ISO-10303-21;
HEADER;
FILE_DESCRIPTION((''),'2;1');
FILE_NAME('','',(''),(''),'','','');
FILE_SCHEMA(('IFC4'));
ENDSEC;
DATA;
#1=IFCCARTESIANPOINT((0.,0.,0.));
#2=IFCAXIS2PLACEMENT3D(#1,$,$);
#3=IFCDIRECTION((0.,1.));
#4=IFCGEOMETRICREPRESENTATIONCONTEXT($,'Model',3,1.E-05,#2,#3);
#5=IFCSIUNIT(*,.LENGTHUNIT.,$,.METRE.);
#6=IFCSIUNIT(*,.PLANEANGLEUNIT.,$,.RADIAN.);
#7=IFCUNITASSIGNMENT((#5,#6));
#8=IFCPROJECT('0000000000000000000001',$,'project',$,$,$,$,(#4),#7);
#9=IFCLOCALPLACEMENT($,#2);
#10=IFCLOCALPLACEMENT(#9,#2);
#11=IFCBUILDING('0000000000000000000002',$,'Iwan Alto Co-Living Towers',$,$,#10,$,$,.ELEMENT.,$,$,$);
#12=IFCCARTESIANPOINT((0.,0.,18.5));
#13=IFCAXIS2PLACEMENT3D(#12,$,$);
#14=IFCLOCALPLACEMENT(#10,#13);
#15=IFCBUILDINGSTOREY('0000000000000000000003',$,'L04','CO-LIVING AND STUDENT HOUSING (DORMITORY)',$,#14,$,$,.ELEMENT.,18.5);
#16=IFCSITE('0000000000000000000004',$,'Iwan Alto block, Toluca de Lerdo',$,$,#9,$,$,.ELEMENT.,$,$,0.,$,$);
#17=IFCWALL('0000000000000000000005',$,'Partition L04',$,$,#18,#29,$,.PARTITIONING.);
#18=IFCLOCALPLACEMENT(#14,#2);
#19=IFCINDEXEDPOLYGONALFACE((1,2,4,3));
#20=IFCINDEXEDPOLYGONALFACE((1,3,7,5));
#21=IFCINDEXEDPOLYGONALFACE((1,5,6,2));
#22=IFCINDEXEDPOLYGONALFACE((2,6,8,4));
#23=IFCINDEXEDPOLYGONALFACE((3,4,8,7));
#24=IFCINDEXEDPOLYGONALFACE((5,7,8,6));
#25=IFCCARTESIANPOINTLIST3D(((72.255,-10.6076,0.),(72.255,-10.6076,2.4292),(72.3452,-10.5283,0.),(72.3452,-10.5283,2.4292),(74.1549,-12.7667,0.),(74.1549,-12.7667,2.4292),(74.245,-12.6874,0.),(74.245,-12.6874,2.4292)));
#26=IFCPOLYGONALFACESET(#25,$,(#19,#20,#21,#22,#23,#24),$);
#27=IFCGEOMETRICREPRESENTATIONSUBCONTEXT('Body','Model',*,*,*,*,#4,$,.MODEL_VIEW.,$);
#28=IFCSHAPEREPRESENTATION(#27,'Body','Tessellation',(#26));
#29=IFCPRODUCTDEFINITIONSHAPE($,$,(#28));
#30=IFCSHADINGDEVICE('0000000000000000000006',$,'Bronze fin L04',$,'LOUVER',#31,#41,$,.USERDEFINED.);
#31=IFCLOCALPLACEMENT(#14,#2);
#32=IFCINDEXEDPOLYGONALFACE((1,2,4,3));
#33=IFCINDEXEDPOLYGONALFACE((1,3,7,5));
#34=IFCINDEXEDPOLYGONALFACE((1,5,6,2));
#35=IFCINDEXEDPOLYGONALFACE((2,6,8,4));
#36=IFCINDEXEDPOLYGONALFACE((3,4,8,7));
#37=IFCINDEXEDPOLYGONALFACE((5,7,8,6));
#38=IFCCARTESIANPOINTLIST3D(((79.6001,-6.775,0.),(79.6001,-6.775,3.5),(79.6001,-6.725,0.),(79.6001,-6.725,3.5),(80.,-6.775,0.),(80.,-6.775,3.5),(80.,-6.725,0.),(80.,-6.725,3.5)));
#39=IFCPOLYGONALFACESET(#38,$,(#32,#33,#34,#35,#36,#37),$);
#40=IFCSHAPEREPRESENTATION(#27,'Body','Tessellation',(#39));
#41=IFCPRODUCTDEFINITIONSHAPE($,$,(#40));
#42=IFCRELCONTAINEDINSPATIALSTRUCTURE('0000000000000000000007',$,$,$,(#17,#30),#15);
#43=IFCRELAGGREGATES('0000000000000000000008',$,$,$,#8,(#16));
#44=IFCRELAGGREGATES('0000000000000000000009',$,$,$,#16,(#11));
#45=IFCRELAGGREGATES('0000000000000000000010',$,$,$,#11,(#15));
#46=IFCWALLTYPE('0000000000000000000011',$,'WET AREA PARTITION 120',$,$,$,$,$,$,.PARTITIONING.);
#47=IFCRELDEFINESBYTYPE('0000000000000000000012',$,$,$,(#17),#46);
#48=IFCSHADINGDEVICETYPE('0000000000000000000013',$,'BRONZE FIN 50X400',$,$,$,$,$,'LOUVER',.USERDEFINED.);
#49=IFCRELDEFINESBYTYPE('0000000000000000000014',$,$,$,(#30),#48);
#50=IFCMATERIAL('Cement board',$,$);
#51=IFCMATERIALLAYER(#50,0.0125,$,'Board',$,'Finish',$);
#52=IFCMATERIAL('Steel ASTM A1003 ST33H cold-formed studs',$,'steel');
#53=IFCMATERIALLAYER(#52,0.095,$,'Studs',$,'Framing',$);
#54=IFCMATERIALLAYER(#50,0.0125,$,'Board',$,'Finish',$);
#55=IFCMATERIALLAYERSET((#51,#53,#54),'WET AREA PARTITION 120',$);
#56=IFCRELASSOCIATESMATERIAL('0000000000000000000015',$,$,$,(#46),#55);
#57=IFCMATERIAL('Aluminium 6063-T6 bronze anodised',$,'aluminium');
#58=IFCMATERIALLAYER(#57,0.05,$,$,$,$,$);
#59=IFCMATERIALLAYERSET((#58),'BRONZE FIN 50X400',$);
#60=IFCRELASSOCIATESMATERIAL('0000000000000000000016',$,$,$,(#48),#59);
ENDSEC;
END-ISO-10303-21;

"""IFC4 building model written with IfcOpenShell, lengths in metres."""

from ifc_helpers import new_model, si_unit, direction, frame, frame_2d, origin, origin_2d, place, context, subcontext, project, spatial, rectangle, extrude, material, layer, layer_set, type_object, element, save


model = new_model("IFC4")

# Units and contexts
model_context = context("Model", 3, precision=1e-05, world=origin(), true_north=direction((0.0, 1.0)))
body_context = subcontext(model_context, "Body", "Model", "MODEL_VIEW")
ifc_project = project(units=[si_unit("LENGTHUNIT", "METRE"), si_unit("PLANEANGLEUNIT", "RADIAN")], contexts=[model_context])

# Site, building, storey
site_placement = place(None, origin())
site = spatial("IfcSite", under=ifc_project, at=site_placement, Name="Iwan Alto block, Toluca de Lerdo", CompositionType="ELEMENT", RefElevation=0.0)
building_placement = place(site_placement, origin())
building = spatial("IfcBuilding", under=site, at=building_placement, Name="Iwan Alto Co-Living Towers", CompositionType="ELEMENT")
storey_placement = place(building_placement, frame((0.0, 0.0, 18.5)))
storey = spatial("IfcBuildingStorey", under=building, at=storey_placement, Name="L04", Description="CO-LIVING AND STUDENT HOUSING (DORMITORY)", CompositionType="ELEMENT", Elevation=18.5)

# Shared definitions
ifc_material_1 = material(Name="Steel ASTM A1003 ST33H cold-formed studs", Category="steel")
ifc_material_2 = material(Name="Cement board")
ifc_layer_1 = layer(ifc_material_2, 0.0125, Name="Board", Category="Finish")
ifc_layer_2 = layer(ifc_material_1, 0.095, Name="Studs", Category="Framing")
ifc_layer_3 = layer(ifc_material_2, 0.0125, Name="Board", Category="Finish")
ifc_layer_set_1 = layer_set([ifc_layer_1, ifc_layer_2, ifc_layer_3], Name="WET AREA PARTITION 120")
wall_type_1 = type_object("IfcWallType", Name="WET AREA PARTITION 120", PredefinedType="PARTITIONING", material=ifc_layer_set_1)

# Wall
wall_1_placement = place(storey_placement, frame((74.2, -12.7271, 0.0), z_axis=(0.0, 0.0, 1.0), x_axis=(-0.660593, 0.750744, 0.0)))
element("IfcWall", 1, at=wall_1_placement, inside=storey, type_object=wall_type_1, Name="Partition L04", PredefinedType="PARTITIONING", context=body_context, shape_type="SweptSolid", body=[
    extrude(rectangle(XDim=2.876, YDim=0.1201, at=frame_2d((1.438, 0.0))), origin(), (0.0, 0.0, 1.0), 2.4292),
])

# Shading device
ifc_material_3 = material(Name="Aluminium 6063-T6 bronze anodised", Category="aluminium")
ifc_layer_4 = layer(ifc_material_3, 0.05)
ifc_layer_set_2 = layer_set([ifc_layer_4], Name="BRONZE FIN 50X400")
shading_device_type = type_object("IfcShadingDeviceType", Name="BRONZE FIN 50X400", ElementType="LOUVER", PredefinedType="USERDEFINED", material=ifc_layer_set_2)
shading_device_placement = place(storey_placement, frame((79.8, -6.75, 0.0), z_axis=(0.0, 0.0, 1.0), x_axis=(0.0, 1.0, 0.0)))
element("IfcShadingDevice", 2, at=shading_device_placement, inside=storey, type_object=shading_device_type, Name="Bronze fin L04", ObjectType="LOUVER", PredefinedType="USERDEFINED", context=body_context, shape_type="SweptSolid", body=[
    extrude(rectangle(XDim=0.05, YDim=0.3999, at=origin_2d()), origin(), (0.0, 0.0, 1.0), 3.5),
])

save(model, "model.ifc")
